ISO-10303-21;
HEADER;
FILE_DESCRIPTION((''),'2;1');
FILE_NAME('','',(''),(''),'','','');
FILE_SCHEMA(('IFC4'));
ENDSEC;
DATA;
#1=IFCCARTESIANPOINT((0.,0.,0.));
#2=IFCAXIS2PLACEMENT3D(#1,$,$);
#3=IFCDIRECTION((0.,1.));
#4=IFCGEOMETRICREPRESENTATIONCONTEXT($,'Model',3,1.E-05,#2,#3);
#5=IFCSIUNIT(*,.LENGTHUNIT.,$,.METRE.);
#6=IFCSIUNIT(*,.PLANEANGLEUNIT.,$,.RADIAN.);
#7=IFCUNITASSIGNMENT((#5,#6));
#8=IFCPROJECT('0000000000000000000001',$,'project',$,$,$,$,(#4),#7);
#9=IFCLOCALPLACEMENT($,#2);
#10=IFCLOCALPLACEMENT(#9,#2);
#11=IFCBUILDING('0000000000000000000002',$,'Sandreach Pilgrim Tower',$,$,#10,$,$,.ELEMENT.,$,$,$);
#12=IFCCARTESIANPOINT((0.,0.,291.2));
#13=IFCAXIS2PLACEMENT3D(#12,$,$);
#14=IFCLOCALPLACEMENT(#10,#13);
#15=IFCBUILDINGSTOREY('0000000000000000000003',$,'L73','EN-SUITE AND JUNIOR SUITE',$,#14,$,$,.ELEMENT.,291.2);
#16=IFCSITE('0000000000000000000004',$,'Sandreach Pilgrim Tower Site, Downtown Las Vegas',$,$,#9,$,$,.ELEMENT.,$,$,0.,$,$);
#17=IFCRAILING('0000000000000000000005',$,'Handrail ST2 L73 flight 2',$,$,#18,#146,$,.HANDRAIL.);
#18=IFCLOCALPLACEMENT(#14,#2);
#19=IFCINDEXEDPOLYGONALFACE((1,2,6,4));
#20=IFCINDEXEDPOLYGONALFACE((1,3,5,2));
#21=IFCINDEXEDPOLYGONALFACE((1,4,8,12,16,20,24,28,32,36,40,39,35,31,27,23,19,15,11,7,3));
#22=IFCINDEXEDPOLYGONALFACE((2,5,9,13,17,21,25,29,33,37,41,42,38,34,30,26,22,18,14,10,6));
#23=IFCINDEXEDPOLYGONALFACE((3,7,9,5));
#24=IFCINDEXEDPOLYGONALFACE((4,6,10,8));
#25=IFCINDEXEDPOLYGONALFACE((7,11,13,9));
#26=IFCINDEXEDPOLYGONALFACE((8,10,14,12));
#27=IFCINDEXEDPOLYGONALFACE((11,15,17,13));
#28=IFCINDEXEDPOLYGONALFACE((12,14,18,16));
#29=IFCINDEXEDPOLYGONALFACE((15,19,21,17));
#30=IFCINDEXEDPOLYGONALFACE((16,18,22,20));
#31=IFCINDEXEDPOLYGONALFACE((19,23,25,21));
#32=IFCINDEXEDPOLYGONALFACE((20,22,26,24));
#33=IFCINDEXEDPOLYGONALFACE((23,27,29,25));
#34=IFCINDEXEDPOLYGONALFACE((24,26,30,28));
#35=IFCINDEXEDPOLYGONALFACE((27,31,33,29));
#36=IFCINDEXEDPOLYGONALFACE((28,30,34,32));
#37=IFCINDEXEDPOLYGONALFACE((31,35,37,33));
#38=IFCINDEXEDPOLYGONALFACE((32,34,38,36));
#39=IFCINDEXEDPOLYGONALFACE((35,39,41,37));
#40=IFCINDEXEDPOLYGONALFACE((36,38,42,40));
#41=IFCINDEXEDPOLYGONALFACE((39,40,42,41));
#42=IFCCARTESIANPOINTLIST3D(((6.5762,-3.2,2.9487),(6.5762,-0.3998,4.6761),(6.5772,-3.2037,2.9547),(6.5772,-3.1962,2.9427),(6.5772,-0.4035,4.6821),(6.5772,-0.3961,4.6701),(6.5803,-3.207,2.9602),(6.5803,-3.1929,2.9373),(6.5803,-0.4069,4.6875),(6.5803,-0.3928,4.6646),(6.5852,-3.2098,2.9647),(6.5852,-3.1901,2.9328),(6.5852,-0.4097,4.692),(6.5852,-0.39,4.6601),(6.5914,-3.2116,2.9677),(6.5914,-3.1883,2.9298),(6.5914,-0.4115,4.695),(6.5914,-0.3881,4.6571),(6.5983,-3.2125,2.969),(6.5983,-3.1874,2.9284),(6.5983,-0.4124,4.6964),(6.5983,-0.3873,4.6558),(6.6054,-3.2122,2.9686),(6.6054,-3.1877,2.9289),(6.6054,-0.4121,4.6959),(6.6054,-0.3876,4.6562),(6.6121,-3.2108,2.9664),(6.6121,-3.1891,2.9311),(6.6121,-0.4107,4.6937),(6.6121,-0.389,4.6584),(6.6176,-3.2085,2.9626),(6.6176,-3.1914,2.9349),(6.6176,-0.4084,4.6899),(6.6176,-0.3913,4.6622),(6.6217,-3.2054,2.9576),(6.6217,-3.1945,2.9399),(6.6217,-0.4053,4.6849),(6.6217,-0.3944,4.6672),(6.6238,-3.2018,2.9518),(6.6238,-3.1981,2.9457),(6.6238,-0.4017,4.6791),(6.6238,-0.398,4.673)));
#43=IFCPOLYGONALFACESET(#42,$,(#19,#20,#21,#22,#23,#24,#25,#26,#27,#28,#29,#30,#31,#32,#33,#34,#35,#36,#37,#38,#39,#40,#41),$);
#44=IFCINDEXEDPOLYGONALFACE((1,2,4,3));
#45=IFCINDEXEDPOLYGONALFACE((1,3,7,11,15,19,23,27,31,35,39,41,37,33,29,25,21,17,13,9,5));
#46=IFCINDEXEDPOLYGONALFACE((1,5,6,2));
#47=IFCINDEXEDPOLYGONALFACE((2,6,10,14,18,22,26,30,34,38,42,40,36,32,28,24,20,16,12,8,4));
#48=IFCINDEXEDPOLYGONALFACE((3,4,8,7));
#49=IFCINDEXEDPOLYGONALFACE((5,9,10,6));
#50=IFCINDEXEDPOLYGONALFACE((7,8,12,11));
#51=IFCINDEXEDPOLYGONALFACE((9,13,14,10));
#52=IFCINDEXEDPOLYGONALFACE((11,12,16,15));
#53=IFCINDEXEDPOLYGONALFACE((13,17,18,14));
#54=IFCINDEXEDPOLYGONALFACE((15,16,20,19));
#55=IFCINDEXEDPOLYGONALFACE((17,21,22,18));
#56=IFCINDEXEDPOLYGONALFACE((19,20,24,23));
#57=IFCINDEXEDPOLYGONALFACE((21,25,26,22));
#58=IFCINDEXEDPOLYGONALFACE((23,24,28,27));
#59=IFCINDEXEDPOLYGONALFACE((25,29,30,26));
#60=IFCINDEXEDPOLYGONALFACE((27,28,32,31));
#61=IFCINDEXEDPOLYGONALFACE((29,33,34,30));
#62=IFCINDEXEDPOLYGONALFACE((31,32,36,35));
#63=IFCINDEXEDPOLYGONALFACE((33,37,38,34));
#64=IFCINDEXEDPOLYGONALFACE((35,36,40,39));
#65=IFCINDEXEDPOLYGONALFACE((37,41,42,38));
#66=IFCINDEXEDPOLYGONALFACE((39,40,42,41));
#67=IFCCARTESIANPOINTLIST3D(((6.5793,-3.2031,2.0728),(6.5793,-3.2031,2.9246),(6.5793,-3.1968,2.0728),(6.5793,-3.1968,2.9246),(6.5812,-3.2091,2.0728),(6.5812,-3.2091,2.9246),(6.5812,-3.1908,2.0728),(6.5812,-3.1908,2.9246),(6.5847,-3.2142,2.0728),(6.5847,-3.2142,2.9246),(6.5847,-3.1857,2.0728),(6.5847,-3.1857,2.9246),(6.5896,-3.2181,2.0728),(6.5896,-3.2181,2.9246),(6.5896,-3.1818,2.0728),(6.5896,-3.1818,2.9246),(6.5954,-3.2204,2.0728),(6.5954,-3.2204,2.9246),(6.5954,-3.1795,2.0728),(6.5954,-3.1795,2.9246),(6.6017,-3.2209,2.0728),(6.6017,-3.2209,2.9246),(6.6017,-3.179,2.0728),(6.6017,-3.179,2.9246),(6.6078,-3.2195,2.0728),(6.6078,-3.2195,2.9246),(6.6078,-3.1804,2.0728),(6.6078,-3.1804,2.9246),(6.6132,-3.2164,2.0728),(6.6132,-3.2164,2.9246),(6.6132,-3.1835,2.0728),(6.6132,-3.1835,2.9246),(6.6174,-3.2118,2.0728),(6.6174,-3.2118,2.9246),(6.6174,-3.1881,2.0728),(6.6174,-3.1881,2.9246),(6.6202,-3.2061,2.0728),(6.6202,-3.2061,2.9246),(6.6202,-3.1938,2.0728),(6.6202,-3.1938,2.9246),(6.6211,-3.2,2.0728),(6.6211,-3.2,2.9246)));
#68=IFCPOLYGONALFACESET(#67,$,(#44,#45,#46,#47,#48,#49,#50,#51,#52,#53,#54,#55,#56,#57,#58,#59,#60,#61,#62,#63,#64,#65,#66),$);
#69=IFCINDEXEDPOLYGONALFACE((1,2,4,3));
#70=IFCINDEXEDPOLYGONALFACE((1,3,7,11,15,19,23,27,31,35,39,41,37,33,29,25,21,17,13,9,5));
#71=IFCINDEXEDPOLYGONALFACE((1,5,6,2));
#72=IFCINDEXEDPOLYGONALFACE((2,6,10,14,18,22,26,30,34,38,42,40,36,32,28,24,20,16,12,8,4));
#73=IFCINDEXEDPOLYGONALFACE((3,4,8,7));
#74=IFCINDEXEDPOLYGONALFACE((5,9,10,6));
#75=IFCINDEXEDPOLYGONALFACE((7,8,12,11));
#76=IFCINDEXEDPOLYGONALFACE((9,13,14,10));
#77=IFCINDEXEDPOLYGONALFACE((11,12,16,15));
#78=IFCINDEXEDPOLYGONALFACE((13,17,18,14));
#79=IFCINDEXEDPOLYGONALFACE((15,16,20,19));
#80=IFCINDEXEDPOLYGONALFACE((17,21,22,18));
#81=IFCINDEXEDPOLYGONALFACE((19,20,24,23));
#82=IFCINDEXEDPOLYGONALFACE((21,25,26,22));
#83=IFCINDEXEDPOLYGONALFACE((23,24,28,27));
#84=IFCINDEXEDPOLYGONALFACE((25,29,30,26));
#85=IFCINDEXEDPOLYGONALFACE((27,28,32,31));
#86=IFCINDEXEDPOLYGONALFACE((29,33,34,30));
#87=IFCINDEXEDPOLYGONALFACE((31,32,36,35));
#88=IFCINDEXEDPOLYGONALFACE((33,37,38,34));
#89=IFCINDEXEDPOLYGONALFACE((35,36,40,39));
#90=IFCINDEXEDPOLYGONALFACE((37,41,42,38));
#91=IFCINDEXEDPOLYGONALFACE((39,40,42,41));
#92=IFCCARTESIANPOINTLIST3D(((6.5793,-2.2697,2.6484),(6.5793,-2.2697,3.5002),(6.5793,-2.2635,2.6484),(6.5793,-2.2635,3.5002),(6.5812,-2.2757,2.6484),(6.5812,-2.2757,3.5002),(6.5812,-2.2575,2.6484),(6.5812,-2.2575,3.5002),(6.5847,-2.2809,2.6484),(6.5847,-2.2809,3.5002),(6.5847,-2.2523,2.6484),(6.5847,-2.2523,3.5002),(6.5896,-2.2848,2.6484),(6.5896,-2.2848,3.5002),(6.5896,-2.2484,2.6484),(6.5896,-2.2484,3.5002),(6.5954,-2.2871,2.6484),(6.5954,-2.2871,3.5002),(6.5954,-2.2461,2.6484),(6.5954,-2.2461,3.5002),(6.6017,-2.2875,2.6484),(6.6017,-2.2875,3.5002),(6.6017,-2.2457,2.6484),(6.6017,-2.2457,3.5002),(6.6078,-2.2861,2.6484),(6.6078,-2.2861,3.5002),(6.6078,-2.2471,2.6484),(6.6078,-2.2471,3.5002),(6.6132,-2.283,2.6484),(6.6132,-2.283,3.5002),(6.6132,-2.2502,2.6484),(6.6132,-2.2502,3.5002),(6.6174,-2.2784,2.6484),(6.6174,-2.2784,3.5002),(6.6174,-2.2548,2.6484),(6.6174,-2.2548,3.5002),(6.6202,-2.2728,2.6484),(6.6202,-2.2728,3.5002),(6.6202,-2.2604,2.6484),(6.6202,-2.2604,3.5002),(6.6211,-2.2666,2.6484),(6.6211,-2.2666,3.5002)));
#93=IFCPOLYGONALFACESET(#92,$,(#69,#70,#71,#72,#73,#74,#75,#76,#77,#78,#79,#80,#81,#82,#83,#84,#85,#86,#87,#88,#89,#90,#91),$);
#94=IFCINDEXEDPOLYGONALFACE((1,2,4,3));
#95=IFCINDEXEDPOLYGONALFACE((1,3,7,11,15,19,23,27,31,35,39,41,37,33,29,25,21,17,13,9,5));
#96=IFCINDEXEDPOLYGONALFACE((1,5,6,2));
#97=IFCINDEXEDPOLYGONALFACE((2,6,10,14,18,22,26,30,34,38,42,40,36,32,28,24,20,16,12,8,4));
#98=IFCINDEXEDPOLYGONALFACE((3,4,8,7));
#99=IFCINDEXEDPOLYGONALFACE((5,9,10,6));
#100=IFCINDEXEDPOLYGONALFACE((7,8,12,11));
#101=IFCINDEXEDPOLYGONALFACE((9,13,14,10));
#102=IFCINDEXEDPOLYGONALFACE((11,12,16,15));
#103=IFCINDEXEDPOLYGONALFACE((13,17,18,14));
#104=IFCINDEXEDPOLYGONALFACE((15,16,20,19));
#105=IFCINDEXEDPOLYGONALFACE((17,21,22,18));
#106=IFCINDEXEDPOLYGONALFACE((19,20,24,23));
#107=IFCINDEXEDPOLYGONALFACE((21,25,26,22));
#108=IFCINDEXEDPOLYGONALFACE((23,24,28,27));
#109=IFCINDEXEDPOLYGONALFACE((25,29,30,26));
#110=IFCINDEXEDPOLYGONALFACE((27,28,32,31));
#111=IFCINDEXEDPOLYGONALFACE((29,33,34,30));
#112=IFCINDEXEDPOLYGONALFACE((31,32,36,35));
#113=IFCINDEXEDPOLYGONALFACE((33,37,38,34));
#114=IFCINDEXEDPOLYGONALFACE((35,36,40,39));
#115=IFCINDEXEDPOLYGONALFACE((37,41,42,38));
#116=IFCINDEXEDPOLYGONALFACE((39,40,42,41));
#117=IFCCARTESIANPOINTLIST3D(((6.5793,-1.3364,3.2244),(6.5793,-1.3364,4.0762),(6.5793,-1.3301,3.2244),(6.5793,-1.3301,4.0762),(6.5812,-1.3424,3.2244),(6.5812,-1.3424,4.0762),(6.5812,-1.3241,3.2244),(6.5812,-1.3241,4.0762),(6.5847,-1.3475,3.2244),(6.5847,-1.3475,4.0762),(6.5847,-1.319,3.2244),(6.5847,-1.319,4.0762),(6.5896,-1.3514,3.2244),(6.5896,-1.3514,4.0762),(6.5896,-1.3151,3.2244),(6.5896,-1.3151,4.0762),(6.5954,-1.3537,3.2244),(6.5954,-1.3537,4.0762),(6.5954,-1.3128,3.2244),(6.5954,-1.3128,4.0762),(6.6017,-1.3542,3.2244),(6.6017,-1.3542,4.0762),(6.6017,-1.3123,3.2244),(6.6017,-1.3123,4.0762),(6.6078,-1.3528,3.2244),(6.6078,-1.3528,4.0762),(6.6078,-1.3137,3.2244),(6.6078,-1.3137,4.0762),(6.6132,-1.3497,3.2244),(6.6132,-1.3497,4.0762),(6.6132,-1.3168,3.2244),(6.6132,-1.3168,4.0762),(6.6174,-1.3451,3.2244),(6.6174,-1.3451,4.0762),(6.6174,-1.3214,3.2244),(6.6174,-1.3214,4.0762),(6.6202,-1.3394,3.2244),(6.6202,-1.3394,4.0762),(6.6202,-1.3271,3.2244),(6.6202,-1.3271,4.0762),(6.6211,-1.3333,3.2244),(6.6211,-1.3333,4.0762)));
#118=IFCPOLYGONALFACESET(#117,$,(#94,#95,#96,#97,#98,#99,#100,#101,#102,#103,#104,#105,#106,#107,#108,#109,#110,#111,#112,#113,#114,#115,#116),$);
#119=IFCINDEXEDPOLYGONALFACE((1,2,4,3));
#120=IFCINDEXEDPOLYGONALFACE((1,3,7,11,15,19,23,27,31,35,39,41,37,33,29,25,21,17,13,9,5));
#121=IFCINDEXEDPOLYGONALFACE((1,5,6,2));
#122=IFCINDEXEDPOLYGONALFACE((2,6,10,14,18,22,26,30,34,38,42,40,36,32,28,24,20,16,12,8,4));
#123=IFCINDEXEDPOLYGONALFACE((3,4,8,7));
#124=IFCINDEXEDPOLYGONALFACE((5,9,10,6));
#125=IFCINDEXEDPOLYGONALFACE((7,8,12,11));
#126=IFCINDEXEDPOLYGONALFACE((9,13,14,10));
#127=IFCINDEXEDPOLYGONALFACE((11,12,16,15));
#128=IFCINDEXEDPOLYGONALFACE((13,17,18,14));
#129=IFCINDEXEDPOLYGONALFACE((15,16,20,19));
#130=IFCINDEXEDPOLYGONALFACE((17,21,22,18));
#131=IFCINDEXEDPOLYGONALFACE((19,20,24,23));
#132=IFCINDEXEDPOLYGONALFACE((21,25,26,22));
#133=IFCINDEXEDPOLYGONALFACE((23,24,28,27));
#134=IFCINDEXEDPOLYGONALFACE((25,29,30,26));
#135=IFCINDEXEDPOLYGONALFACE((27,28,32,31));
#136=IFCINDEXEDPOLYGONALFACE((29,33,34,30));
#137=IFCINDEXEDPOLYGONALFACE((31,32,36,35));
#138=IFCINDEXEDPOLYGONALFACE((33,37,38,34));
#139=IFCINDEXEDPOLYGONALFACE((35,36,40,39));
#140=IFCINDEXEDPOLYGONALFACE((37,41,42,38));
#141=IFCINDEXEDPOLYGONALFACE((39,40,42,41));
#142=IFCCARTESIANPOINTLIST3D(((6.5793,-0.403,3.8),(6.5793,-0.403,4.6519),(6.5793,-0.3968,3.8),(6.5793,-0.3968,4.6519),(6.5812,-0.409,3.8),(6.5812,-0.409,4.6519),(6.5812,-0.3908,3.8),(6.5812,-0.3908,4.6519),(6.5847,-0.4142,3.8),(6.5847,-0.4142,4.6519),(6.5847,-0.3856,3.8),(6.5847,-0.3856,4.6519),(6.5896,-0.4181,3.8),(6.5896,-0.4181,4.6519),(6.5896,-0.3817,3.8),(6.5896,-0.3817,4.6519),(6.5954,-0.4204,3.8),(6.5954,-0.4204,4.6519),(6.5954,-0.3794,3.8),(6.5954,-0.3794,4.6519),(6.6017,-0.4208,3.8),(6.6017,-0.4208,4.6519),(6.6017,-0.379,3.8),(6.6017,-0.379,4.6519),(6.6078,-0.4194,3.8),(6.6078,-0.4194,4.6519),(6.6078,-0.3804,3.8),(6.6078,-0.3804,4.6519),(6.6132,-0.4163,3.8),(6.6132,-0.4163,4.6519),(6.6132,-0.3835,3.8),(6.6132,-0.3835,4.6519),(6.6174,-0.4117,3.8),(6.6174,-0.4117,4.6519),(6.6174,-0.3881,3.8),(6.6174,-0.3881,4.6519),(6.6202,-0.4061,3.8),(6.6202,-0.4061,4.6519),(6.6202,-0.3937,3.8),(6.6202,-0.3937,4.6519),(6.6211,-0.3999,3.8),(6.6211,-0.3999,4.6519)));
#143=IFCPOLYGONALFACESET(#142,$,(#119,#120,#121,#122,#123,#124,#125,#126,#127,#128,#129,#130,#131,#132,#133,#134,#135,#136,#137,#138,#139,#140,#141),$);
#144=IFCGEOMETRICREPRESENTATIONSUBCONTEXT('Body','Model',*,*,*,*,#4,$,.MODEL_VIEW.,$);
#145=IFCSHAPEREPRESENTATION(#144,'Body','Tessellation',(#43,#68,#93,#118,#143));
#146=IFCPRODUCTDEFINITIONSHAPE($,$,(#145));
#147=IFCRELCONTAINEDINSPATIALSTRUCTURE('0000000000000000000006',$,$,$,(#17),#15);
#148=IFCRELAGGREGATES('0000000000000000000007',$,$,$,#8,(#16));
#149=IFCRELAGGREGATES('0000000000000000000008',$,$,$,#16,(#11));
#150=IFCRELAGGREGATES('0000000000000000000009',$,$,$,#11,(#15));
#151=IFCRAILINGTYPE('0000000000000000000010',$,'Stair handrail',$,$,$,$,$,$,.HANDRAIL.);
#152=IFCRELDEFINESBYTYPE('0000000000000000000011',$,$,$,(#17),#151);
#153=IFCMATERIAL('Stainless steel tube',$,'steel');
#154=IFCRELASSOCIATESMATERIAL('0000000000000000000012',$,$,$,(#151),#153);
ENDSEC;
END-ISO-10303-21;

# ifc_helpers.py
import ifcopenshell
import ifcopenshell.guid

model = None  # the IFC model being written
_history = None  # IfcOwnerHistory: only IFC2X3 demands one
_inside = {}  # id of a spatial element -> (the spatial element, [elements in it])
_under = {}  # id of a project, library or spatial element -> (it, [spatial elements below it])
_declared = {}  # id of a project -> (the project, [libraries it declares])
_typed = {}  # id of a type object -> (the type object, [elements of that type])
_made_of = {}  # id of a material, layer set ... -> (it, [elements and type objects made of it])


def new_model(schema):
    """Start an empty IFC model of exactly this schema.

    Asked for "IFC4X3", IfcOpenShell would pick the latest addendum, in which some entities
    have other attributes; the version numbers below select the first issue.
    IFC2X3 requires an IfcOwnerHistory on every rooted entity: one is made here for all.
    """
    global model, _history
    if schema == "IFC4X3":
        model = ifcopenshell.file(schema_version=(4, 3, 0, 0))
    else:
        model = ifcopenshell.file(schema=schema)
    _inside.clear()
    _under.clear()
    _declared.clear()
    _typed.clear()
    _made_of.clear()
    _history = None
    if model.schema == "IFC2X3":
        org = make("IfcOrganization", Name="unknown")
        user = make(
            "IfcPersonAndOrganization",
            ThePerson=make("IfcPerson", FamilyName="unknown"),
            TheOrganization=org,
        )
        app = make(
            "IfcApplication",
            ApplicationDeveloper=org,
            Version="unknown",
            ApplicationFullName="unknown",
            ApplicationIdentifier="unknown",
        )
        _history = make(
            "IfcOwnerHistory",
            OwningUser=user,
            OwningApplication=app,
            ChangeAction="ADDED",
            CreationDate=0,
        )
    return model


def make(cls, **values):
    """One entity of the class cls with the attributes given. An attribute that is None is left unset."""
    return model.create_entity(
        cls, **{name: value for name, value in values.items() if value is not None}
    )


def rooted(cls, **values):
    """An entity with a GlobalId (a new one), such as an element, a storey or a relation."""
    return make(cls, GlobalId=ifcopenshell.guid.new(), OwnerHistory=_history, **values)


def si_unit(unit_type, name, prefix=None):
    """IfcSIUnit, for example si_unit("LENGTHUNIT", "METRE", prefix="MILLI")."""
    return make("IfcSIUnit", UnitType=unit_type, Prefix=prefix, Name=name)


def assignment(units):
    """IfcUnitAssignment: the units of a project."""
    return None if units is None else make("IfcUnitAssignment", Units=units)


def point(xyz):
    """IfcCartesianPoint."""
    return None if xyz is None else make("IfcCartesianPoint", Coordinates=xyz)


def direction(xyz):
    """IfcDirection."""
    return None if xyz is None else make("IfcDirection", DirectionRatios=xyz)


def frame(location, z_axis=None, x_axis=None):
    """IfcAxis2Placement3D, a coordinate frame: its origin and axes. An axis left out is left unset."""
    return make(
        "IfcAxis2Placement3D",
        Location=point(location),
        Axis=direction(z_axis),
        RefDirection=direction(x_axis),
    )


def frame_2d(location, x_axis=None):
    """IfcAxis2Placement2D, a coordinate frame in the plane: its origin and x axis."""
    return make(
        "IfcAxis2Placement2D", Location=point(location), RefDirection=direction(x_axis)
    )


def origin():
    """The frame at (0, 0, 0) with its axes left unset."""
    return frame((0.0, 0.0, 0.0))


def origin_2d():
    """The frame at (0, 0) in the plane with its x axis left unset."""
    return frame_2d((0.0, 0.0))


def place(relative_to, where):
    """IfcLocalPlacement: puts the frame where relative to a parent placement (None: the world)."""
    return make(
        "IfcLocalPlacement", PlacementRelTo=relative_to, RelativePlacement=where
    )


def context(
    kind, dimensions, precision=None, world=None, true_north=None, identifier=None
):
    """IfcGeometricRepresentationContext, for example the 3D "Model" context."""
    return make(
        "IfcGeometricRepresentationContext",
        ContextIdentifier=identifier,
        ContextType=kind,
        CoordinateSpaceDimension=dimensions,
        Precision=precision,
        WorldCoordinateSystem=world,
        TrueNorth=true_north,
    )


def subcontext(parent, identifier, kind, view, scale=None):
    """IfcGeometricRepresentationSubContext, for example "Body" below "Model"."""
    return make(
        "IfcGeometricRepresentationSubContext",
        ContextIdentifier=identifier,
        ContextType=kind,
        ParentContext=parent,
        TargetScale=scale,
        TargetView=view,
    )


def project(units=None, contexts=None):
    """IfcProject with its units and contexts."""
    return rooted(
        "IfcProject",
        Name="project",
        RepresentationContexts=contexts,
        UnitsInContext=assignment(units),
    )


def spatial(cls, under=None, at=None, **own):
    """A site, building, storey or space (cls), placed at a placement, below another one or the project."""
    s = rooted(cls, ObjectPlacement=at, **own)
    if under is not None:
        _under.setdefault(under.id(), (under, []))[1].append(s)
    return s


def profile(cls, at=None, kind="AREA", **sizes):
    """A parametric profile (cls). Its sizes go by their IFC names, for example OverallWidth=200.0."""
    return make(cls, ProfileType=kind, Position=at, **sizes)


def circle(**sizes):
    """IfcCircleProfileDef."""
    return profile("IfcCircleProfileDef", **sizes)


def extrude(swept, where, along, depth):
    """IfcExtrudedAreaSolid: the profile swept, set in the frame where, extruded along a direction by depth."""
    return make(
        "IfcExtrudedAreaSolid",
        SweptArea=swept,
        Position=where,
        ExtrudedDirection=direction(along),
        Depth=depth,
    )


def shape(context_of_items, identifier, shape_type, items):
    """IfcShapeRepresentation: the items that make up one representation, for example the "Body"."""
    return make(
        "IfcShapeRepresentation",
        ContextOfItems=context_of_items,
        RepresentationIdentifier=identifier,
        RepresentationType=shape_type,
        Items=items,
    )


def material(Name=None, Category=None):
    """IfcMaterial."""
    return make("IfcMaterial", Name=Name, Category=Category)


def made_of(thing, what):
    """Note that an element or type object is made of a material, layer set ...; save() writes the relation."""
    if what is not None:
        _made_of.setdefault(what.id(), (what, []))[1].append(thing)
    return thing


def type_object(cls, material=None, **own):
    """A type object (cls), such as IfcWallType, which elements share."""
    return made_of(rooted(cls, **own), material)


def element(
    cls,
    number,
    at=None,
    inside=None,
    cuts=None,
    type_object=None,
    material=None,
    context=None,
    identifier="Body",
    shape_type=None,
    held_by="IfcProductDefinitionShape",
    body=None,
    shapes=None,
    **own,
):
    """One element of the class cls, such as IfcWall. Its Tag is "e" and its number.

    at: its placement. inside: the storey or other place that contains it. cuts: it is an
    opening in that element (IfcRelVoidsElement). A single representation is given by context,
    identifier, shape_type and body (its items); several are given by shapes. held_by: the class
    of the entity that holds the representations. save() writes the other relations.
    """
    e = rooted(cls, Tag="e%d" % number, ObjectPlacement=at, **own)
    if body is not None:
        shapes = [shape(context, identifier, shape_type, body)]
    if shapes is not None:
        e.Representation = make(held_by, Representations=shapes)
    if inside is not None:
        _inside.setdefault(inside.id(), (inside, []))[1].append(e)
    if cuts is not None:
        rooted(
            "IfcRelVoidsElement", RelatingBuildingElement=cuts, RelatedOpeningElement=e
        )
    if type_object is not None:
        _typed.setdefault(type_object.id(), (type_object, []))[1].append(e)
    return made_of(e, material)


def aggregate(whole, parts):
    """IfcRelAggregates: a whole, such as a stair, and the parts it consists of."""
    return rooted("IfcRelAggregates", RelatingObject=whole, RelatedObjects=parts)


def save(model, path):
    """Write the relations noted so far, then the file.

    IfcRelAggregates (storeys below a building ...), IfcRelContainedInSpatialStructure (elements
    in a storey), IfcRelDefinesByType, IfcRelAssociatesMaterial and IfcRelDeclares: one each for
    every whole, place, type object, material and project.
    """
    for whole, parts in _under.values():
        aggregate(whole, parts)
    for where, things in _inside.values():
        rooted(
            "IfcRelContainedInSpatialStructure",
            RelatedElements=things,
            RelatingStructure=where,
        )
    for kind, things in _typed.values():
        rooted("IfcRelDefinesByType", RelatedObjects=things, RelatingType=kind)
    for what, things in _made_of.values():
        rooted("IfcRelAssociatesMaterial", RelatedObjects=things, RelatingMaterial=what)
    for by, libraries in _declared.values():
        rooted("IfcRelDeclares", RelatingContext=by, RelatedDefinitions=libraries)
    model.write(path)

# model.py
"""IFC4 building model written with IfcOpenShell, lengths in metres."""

from ifc_helpers import new_model, si_unit, direction, frame, origin, origin_2d, place, context, subcontext, project, spatial, circle, extrude, material, type_object, element, save


model = new_model("IFC4")

# Units and contexts
model_context = context("Model", 3, precision=1e-05, world=origin(), true_north=direction((0.0, 1.0)))
body_context = subcontext(model_context, "Body", "Model", "MODEL_VIEW")
ifc_project = project(units=[si_unit("LENGTHUNIT", "METRE"), si_unit("PLANEANGLEUNIT", "RADIAN")], contexts=[model_context])

# Site, building, storey
site_placement = place(None, origin())
site = spatial("IfcSite", under=ifc_project, at=site_placement, Name="Sandreach Pilgrim Tower Site, Downtown Las Vegas", CompositionType="ELEMENT", RefElevation=0.0)
building_placement = place(site_placement, origin())
building = spatial("IfcBuilding", under=site, at=building_placement, Name="Sandreach Pilgrim Tower", CompositionType="ELEMENT")
storey_placement = place(building_placement, frame((0.0, 0.0, 291.2)))
storey = spatial("IfcBuildingStorey", under=building, at=storey_placement, Name="L73", Description="EN-SUITE AND JUNIOR SUITE", CompositionType="ELEMENT", Elevation=291.2)

# Railing
ifc_material_1 = material(Name="Stainless steel tube", Category="steel")
railing_type = type_object("IfcRailingType", Name="Stair handrail", PredefinedType="HANDRAIL", material=ifc_material_1)
railing_placement = place(storey_placement, frame((6.6001, -3.2, 2.0728)))
element("IfcRailing", 1, at=railing_placement, inside=storey, type_object=railing_type, Name="Handrail ST2 L73 flight 2", PredefinedType="HANDRAIL", context=body_context, shape_type="SweptSolid", body=[
    extrude(circle(Radius=0.0239, at=origin_2d()), frame((0.0, 0.0, 0.876), z_axis=(0.0, 0.85109, 0.52502), x_axis=(-1.0, 0.0, 0.0)), (0.0, 0.0, 1.0), 3.29),
    extrude(circle(Radius=0.021, at=origin_2d()), origin(), (0.0, 0.0, 1.0), 0.8518),
    extrude(circle(Radius=0.021, at=origin_2d()), frame((0.0, 0.9333, 0.5757)), (0.0, 0.0, 1.0), 0.8518),
    extrude(circle(Radius=0.021, at=origin_2d()), frame((0.0, 1.8667, 1.1516)), (0.0, 0.0, 1.0), 0.8518),
    extrude(circle(Radius=0.021, at=origin_2d()), frame((0.0, 2.8, 1.7273)), (0.0, 0.0, 1.0), 0.8518),
])

save(model, "model.ifc")
